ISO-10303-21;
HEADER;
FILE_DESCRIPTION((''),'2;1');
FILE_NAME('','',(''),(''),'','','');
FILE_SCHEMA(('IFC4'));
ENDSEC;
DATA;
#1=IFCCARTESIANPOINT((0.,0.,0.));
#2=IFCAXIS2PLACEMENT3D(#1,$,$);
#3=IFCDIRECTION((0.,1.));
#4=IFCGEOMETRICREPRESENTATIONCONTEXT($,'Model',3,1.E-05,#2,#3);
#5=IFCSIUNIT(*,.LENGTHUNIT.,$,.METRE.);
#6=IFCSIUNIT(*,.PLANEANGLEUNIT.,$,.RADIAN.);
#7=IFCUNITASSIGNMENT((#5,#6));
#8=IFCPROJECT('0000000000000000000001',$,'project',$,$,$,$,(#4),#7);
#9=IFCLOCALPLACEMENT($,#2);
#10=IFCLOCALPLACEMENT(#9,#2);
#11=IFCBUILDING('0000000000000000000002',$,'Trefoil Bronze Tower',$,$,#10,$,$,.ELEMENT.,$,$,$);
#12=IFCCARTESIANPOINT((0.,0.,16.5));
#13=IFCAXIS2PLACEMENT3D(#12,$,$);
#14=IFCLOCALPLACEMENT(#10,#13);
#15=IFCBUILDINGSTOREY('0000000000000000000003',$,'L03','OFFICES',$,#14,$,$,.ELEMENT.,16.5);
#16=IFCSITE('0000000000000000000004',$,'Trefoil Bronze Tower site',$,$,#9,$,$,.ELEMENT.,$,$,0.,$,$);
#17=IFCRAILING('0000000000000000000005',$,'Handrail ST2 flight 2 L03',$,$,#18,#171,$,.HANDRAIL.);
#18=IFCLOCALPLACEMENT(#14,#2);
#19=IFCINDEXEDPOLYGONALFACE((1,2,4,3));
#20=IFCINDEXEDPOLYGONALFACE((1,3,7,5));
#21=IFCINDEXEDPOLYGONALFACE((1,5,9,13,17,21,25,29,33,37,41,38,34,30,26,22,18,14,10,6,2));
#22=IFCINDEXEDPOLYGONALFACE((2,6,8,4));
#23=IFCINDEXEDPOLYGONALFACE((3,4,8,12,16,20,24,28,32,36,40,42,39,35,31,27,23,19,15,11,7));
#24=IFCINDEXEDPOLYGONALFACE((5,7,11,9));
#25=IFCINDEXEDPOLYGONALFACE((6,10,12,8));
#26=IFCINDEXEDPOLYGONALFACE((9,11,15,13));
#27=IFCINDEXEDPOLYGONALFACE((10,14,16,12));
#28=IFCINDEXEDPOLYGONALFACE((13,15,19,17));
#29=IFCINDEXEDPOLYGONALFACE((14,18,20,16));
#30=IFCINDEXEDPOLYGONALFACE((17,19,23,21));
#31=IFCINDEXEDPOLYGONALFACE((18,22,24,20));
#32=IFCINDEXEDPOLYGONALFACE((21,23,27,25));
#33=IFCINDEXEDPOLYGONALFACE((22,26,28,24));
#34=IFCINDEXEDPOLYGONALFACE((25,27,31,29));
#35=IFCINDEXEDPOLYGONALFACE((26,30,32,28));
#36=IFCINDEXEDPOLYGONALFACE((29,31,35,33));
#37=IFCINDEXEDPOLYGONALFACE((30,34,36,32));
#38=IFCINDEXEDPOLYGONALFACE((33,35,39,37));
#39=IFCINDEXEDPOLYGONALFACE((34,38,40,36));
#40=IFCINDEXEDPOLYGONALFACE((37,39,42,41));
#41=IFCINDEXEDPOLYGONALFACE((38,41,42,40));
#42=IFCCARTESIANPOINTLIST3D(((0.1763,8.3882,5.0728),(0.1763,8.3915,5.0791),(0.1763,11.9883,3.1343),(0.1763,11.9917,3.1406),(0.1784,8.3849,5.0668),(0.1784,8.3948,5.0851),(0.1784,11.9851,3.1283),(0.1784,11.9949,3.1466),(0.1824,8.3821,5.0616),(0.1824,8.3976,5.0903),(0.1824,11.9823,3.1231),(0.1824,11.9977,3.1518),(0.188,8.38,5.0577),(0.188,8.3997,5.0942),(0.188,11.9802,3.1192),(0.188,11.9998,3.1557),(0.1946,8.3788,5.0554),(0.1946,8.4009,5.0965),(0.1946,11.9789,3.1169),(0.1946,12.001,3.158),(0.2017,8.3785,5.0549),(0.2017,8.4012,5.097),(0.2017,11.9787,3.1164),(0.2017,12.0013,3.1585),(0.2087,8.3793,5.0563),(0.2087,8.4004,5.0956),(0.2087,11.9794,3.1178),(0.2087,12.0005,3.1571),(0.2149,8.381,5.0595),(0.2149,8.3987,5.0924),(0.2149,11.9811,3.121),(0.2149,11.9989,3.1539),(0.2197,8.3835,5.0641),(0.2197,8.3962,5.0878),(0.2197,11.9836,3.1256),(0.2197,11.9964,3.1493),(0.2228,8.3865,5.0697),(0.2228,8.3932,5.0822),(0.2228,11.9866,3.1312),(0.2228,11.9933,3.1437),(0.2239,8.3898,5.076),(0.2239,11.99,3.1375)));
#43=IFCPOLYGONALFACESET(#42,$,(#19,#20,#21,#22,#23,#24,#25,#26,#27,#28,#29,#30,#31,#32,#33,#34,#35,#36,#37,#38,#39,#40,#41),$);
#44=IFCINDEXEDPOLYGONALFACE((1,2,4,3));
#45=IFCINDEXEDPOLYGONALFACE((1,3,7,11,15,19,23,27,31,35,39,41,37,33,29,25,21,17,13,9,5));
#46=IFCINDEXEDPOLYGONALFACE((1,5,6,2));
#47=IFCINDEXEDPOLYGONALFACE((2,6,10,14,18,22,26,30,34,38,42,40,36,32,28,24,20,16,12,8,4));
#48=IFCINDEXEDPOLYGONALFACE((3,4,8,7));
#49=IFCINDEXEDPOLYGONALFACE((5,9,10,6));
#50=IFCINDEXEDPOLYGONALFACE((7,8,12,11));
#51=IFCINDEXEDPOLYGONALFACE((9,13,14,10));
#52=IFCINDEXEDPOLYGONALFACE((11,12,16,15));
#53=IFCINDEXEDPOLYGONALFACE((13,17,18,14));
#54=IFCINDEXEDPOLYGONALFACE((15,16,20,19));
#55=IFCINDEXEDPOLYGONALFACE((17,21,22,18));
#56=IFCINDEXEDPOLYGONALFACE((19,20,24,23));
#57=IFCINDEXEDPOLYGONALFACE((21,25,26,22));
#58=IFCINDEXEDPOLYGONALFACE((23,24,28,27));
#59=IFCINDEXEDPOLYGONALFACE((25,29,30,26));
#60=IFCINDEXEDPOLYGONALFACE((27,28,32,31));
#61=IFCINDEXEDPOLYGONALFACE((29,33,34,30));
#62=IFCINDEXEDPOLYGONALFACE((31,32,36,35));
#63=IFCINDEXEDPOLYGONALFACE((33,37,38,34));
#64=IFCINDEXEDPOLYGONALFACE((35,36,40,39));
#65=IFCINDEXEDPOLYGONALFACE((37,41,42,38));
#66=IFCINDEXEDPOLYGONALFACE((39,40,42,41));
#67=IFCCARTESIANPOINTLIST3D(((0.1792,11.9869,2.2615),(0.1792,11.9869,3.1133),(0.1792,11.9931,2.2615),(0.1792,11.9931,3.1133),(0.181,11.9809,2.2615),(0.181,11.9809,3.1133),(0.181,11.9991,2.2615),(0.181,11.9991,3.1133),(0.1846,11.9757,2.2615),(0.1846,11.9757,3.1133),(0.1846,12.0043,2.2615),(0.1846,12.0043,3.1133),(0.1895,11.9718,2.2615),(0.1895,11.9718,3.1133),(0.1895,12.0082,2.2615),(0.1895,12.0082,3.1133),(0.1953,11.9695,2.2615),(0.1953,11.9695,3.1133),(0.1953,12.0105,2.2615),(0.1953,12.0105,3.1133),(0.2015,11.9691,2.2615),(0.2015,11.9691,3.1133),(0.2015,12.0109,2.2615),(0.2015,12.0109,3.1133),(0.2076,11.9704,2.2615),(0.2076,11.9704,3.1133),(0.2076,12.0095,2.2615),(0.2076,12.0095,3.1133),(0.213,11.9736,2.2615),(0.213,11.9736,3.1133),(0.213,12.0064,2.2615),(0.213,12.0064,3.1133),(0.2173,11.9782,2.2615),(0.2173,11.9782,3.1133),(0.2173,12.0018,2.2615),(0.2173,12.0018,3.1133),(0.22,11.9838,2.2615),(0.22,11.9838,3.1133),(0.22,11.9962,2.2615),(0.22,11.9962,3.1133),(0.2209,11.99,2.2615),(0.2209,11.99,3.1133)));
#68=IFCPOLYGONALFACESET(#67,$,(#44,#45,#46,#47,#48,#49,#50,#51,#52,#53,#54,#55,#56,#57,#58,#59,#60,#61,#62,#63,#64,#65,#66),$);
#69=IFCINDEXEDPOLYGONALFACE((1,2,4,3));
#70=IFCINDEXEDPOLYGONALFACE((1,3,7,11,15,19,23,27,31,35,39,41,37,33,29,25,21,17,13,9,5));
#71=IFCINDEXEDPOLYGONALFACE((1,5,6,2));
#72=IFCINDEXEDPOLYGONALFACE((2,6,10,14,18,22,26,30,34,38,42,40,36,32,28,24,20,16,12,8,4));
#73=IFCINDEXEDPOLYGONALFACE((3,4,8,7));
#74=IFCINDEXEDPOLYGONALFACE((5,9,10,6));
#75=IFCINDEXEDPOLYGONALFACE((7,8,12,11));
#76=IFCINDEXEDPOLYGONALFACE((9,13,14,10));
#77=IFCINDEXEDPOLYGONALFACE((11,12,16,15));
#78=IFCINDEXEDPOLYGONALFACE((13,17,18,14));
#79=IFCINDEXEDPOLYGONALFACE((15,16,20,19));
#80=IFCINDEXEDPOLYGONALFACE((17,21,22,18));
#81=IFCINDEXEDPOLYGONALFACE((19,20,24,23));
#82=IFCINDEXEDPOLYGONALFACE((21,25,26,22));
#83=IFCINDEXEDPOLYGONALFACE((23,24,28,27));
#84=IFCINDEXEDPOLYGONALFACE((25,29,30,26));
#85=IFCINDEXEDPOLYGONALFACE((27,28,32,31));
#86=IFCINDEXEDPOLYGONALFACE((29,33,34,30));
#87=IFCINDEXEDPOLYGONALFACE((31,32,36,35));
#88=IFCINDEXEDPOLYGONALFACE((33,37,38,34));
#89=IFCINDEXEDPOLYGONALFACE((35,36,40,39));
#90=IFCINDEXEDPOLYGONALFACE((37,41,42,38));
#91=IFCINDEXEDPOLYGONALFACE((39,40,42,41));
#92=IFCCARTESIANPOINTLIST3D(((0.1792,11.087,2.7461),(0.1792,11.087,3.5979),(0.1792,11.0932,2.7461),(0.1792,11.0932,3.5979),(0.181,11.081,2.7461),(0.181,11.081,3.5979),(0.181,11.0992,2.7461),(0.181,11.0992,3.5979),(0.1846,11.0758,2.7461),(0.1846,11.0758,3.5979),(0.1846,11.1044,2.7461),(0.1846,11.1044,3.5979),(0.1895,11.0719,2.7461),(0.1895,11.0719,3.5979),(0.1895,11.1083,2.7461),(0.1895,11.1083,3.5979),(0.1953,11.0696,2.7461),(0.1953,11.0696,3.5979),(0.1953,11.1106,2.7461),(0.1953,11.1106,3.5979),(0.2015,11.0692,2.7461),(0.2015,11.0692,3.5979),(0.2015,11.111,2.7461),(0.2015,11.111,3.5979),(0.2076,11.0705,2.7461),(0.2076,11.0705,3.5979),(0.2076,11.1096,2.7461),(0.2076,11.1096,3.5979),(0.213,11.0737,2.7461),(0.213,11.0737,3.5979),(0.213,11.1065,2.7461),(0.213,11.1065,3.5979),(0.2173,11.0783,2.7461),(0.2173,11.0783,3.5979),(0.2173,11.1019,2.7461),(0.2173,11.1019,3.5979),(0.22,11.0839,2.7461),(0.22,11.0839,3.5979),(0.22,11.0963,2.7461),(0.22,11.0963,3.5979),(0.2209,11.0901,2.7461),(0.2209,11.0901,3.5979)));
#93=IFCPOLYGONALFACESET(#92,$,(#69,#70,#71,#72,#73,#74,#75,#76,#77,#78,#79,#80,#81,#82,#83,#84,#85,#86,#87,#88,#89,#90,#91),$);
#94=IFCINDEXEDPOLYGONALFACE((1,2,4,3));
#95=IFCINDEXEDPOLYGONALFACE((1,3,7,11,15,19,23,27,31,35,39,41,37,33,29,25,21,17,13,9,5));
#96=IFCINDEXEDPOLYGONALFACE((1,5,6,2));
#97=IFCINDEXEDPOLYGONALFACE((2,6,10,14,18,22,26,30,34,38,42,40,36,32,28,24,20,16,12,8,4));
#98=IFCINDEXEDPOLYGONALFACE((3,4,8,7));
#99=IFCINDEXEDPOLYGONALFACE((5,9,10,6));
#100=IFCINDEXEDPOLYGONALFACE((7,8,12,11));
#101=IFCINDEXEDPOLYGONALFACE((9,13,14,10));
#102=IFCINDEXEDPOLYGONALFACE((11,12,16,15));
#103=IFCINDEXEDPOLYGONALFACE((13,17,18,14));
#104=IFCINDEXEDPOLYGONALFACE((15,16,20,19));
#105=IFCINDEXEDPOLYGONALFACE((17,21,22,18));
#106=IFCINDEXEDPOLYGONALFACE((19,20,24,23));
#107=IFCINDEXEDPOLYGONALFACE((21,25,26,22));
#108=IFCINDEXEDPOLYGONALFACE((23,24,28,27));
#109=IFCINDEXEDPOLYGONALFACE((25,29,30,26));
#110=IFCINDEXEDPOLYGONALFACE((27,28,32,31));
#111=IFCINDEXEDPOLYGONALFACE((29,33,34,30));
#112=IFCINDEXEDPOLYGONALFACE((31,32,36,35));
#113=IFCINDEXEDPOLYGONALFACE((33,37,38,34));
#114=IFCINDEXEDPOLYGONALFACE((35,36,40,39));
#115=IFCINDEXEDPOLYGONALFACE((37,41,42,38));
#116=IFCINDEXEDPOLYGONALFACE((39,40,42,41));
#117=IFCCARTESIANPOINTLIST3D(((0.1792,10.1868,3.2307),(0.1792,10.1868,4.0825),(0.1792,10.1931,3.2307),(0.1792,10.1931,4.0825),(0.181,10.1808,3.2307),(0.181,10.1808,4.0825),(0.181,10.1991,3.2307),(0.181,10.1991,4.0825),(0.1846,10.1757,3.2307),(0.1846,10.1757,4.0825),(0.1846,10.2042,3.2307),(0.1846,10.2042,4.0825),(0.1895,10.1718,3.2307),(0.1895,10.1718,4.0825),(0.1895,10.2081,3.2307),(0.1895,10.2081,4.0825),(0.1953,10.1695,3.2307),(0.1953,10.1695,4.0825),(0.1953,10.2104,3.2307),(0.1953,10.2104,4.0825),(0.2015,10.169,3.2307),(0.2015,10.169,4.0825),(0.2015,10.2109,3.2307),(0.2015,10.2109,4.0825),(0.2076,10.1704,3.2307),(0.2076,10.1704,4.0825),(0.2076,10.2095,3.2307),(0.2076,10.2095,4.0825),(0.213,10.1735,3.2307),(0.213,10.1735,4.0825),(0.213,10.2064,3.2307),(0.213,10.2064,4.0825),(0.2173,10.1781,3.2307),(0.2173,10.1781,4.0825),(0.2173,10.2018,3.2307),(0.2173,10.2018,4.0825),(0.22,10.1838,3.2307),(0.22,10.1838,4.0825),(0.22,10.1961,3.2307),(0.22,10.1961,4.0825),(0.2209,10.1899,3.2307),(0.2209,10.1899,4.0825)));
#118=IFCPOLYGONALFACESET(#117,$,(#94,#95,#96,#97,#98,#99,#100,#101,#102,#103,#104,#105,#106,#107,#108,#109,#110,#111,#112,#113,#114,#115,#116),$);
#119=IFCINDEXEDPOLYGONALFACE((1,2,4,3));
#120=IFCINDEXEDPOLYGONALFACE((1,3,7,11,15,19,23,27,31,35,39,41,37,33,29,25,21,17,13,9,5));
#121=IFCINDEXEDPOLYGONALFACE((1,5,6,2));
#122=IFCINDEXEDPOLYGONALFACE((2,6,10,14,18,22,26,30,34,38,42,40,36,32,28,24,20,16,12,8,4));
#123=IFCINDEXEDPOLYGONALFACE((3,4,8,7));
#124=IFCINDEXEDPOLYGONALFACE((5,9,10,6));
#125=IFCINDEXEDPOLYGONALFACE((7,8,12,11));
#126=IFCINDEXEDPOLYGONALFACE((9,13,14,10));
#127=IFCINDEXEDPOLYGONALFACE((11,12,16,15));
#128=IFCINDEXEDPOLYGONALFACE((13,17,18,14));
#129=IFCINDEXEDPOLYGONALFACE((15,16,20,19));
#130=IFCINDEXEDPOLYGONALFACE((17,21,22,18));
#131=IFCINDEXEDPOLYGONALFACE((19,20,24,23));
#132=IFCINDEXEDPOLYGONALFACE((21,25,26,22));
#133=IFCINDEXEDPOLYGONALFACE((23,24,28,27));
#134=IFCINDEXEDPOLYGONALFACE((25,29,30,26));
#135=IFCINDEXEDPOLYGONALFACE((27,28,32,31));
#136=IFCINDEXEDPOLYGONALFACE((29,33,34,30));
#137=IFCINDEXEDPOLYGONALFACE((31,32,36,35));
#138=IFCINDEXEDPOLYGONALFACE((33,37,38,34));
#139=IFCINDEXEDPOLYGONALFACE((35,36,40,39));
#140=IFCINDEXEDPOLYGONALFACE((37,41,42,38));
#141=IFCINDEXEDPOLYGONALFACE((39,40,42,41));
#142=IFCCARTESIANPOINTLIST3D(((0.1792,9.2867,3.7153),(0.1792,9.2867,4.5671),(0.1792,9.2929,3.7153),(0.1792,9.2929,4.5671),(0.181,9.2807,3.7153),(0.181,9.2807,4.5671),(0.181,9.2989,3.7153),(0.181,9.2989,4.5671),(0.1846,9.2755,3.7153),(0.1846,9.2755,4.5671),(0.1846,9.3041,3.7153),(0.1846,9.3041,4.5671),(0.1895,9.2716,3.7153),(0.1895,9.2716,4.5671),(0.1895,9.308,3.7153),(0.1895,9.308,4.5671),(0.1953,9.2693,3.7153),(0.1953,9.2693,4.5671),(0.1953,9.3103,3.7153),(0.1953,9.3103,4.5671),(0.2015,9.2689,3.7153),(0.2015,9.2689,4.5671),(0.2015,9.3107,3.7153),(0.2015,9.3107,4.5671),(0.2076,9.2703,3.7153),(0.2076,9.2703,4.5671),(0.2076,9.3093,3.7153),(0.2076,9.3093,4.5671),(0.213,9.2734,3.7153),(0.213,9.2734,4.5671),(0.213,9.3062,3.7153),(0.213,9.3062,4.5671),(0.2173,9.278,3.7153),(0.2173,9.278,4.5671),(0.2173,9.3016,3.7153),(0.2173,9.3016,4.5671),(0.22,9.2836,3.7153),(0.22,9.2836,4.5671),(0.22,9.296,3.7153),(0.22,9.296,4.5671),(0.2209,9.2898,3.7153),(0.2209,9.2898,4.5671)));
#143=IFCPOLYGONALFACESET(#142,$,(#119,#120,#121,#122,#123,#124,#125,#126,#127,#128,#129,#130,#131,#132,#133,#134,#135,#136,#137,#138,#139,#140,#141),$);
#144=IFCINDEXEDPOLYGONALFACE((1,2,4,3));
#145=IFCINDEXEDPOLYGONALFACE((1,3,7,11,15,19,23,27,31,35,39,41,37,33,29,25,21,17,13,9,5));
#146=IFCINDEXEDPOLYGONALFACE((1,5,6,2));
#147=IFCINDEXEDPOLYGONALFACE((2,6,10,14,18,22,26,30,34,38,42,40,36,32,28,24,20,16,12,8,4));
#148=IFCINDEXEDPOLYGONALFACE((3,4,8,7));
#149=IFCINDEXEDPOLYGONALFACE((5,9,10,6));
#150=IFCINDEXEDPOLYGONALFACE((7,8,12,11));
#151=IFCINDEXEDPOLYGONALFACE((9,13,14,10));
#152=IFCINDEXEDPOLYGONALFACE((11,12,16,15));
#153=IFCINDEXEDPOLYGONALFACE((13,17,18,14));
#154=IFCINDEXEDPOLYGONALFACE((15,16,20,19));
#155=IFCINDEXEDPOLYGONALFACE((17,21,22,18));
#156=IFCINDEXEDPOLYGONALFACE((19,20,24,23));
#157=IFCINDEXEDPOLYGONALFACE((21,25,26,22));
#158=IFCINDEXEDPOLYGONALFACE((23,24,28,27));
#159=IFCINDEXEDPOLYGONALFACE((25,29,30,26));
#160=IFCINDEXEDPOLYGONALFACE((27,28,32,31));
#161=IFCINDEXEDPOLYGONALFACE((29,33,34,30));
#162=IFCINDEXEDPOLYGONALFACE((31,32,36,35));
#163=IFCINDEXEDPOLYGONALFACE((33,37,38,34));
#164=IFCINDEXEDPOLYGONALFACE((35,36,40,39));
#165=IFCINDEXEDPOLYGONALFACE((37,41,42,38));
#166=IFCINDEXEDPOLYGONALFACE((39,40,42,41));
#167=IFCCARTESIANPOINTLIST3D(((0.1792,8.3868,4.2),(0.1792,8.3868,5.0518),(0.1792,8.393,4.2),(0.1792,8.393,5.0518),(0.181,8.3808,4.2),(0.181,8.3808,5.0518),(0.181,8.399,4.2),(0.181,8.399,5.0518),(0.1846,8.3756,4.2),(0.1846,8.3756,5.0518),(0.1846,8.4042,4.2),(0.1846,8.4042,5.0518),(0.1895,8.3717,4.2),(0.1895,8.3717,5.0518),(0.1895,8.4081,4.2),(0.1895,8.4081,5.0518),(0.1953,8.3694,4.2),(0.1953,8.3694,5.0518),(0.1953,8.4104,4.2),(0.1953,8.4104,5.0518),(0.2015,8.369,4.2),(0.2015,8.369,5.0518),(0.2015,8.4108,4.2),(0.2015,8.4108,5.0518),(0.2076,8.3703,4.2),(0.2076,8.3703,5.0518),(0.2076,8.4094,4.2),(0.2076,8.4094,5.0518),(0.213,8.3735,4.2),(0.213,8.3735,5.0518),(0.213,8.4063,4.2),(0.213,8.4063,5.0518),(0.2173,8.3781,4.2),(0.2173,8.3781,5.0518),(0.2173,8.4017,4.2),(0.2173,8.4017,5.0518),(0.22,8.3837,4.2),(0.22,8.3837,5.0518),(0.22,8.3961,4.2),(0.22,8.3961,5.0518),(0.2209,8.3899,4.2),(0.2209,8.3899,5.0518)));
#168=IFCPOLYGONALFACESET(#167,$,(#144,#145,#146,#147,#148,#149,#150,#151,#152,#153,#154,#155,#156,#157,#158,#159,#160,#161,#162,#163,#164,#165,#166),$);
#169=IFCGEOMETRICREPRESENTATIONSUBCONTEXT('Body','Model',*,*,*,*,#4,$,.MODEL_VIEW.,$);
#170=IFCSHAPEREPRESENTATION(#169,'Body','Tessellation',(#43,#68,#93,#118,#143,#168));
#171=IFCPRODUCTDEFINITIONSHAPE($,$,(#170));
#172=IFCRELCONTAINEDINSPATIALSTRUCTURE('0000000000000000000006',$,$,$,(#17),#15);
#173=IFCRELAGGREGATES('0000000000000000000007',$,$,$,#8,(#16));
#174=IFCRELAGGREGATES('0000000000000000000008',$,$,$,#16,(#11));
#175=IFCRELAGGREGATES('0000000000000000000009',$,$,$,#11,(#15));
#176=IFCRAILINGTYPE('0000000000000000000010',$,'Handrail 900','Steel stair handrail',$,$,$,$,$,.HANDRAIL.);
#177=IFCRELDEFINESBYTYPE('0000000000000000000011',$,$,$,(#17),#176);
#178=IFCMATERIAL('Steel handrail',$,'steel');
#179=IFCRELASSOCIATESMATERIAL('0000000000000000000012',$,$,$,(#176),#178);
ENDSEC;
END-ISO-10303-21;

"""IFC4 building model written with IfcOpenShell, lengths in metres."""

from ifc_helpers import new_model, si_unit, direction, frame, origin, origin_2d, place, context, subcontext, project, spatial, circle, extrude, material, type_object, element, save


model = new_model("IFC4")

# Units and contexts
model_context = context("Model", 3, precision=1e-05, world=origin(), true_north=direction((0.0, 1.0)))
body_context = subcontext(model_context, "Body", "Model", "MODEL_VIEW")
ifc_project = project(units=[si_unit("LENGTHUNIT", "METRE"), si_unit("PLANEANGLEUNIT", "RADIAN")], contexts=[model_context])

# Site, building, storey
site_placement = place(None, origin())
site = spatial("IfcSite", under=ifc_project, at=site_placement, Name="Trefoil Bronze Tower site", CompositionType="ELEMENT", RefElevation=0.0)
building_placement = place(site_placement, origin())
building = spatial("IfcBuilding", under=site, at=building_placement, Name="Trefoil Bronze Tower", CompositionType="ELEMENT")
storey_placement = place(building_placement, frame((0.0, 0.0, 16.5)))
storey = spatial("IfcBuildingStorey", under=building, at=storey_placement, Name="L03", Description="OFFICES", CompositionType="ELEMENT", Elevation=16.5)

# Railing
ifc_material_1 = material(Name="Steel handrail", Category="steel")
railing_type = type_object("IfcRailingType", Name="Handrail 900", Description="Steel stair handrail", PredefinedType="HANDRAIL", material=ifc_material_1)
railing_placement = place(storey_placement, frame((0.2, 11.99, 2.2615)))
element("IfcRailing", 1, at=railing_placement, inside=storey, type_object=railing_type, Name="Handrail ST2 flight 2 L03", PredefinedType="HANDRAIL", context=body_context, shape_type="SweptSolid", body=[
    extrude(circle(Radius=0.0239, at=origin_2d()), frame((0.0, 0.0, 0.876), z_axis=(0.0, -0.880475, 0.474093), x_axis=(1.0, 0.0, 0.0)), (0.0, 0.0, 1.0), 4.0889),
    extrude(circle(Radius=0.021, at=origin_2d()), origin(), (0.0, 0.0, 1.0), 0.8518),
    extrude(circle(Radius=0.021, at=origin_2d()), frame((0.0, -0.8999, 0.4846)), (0.0, 0.0, 1.0), 0.8518),
    extrude(circle(Radius=0.021, at=origin_2d()), frame((0.0, -1.8, 0.9692)), (0.0, 0.0, 1.0), 0.8518),
    extrude(circle(Radius=0.021, at=origin_2d()), frame((0.0, -2.7002, 1.4539)), (0.0, 0.0, 1.0), 0.8518),
    extrude(circle(Radius=0.021, at=origin_2d()), frame((0.0, -3.6001, 1.9385)), (0.0, 0.0, 1.0), 0.8518),
])

save(model, "model.ifc")
